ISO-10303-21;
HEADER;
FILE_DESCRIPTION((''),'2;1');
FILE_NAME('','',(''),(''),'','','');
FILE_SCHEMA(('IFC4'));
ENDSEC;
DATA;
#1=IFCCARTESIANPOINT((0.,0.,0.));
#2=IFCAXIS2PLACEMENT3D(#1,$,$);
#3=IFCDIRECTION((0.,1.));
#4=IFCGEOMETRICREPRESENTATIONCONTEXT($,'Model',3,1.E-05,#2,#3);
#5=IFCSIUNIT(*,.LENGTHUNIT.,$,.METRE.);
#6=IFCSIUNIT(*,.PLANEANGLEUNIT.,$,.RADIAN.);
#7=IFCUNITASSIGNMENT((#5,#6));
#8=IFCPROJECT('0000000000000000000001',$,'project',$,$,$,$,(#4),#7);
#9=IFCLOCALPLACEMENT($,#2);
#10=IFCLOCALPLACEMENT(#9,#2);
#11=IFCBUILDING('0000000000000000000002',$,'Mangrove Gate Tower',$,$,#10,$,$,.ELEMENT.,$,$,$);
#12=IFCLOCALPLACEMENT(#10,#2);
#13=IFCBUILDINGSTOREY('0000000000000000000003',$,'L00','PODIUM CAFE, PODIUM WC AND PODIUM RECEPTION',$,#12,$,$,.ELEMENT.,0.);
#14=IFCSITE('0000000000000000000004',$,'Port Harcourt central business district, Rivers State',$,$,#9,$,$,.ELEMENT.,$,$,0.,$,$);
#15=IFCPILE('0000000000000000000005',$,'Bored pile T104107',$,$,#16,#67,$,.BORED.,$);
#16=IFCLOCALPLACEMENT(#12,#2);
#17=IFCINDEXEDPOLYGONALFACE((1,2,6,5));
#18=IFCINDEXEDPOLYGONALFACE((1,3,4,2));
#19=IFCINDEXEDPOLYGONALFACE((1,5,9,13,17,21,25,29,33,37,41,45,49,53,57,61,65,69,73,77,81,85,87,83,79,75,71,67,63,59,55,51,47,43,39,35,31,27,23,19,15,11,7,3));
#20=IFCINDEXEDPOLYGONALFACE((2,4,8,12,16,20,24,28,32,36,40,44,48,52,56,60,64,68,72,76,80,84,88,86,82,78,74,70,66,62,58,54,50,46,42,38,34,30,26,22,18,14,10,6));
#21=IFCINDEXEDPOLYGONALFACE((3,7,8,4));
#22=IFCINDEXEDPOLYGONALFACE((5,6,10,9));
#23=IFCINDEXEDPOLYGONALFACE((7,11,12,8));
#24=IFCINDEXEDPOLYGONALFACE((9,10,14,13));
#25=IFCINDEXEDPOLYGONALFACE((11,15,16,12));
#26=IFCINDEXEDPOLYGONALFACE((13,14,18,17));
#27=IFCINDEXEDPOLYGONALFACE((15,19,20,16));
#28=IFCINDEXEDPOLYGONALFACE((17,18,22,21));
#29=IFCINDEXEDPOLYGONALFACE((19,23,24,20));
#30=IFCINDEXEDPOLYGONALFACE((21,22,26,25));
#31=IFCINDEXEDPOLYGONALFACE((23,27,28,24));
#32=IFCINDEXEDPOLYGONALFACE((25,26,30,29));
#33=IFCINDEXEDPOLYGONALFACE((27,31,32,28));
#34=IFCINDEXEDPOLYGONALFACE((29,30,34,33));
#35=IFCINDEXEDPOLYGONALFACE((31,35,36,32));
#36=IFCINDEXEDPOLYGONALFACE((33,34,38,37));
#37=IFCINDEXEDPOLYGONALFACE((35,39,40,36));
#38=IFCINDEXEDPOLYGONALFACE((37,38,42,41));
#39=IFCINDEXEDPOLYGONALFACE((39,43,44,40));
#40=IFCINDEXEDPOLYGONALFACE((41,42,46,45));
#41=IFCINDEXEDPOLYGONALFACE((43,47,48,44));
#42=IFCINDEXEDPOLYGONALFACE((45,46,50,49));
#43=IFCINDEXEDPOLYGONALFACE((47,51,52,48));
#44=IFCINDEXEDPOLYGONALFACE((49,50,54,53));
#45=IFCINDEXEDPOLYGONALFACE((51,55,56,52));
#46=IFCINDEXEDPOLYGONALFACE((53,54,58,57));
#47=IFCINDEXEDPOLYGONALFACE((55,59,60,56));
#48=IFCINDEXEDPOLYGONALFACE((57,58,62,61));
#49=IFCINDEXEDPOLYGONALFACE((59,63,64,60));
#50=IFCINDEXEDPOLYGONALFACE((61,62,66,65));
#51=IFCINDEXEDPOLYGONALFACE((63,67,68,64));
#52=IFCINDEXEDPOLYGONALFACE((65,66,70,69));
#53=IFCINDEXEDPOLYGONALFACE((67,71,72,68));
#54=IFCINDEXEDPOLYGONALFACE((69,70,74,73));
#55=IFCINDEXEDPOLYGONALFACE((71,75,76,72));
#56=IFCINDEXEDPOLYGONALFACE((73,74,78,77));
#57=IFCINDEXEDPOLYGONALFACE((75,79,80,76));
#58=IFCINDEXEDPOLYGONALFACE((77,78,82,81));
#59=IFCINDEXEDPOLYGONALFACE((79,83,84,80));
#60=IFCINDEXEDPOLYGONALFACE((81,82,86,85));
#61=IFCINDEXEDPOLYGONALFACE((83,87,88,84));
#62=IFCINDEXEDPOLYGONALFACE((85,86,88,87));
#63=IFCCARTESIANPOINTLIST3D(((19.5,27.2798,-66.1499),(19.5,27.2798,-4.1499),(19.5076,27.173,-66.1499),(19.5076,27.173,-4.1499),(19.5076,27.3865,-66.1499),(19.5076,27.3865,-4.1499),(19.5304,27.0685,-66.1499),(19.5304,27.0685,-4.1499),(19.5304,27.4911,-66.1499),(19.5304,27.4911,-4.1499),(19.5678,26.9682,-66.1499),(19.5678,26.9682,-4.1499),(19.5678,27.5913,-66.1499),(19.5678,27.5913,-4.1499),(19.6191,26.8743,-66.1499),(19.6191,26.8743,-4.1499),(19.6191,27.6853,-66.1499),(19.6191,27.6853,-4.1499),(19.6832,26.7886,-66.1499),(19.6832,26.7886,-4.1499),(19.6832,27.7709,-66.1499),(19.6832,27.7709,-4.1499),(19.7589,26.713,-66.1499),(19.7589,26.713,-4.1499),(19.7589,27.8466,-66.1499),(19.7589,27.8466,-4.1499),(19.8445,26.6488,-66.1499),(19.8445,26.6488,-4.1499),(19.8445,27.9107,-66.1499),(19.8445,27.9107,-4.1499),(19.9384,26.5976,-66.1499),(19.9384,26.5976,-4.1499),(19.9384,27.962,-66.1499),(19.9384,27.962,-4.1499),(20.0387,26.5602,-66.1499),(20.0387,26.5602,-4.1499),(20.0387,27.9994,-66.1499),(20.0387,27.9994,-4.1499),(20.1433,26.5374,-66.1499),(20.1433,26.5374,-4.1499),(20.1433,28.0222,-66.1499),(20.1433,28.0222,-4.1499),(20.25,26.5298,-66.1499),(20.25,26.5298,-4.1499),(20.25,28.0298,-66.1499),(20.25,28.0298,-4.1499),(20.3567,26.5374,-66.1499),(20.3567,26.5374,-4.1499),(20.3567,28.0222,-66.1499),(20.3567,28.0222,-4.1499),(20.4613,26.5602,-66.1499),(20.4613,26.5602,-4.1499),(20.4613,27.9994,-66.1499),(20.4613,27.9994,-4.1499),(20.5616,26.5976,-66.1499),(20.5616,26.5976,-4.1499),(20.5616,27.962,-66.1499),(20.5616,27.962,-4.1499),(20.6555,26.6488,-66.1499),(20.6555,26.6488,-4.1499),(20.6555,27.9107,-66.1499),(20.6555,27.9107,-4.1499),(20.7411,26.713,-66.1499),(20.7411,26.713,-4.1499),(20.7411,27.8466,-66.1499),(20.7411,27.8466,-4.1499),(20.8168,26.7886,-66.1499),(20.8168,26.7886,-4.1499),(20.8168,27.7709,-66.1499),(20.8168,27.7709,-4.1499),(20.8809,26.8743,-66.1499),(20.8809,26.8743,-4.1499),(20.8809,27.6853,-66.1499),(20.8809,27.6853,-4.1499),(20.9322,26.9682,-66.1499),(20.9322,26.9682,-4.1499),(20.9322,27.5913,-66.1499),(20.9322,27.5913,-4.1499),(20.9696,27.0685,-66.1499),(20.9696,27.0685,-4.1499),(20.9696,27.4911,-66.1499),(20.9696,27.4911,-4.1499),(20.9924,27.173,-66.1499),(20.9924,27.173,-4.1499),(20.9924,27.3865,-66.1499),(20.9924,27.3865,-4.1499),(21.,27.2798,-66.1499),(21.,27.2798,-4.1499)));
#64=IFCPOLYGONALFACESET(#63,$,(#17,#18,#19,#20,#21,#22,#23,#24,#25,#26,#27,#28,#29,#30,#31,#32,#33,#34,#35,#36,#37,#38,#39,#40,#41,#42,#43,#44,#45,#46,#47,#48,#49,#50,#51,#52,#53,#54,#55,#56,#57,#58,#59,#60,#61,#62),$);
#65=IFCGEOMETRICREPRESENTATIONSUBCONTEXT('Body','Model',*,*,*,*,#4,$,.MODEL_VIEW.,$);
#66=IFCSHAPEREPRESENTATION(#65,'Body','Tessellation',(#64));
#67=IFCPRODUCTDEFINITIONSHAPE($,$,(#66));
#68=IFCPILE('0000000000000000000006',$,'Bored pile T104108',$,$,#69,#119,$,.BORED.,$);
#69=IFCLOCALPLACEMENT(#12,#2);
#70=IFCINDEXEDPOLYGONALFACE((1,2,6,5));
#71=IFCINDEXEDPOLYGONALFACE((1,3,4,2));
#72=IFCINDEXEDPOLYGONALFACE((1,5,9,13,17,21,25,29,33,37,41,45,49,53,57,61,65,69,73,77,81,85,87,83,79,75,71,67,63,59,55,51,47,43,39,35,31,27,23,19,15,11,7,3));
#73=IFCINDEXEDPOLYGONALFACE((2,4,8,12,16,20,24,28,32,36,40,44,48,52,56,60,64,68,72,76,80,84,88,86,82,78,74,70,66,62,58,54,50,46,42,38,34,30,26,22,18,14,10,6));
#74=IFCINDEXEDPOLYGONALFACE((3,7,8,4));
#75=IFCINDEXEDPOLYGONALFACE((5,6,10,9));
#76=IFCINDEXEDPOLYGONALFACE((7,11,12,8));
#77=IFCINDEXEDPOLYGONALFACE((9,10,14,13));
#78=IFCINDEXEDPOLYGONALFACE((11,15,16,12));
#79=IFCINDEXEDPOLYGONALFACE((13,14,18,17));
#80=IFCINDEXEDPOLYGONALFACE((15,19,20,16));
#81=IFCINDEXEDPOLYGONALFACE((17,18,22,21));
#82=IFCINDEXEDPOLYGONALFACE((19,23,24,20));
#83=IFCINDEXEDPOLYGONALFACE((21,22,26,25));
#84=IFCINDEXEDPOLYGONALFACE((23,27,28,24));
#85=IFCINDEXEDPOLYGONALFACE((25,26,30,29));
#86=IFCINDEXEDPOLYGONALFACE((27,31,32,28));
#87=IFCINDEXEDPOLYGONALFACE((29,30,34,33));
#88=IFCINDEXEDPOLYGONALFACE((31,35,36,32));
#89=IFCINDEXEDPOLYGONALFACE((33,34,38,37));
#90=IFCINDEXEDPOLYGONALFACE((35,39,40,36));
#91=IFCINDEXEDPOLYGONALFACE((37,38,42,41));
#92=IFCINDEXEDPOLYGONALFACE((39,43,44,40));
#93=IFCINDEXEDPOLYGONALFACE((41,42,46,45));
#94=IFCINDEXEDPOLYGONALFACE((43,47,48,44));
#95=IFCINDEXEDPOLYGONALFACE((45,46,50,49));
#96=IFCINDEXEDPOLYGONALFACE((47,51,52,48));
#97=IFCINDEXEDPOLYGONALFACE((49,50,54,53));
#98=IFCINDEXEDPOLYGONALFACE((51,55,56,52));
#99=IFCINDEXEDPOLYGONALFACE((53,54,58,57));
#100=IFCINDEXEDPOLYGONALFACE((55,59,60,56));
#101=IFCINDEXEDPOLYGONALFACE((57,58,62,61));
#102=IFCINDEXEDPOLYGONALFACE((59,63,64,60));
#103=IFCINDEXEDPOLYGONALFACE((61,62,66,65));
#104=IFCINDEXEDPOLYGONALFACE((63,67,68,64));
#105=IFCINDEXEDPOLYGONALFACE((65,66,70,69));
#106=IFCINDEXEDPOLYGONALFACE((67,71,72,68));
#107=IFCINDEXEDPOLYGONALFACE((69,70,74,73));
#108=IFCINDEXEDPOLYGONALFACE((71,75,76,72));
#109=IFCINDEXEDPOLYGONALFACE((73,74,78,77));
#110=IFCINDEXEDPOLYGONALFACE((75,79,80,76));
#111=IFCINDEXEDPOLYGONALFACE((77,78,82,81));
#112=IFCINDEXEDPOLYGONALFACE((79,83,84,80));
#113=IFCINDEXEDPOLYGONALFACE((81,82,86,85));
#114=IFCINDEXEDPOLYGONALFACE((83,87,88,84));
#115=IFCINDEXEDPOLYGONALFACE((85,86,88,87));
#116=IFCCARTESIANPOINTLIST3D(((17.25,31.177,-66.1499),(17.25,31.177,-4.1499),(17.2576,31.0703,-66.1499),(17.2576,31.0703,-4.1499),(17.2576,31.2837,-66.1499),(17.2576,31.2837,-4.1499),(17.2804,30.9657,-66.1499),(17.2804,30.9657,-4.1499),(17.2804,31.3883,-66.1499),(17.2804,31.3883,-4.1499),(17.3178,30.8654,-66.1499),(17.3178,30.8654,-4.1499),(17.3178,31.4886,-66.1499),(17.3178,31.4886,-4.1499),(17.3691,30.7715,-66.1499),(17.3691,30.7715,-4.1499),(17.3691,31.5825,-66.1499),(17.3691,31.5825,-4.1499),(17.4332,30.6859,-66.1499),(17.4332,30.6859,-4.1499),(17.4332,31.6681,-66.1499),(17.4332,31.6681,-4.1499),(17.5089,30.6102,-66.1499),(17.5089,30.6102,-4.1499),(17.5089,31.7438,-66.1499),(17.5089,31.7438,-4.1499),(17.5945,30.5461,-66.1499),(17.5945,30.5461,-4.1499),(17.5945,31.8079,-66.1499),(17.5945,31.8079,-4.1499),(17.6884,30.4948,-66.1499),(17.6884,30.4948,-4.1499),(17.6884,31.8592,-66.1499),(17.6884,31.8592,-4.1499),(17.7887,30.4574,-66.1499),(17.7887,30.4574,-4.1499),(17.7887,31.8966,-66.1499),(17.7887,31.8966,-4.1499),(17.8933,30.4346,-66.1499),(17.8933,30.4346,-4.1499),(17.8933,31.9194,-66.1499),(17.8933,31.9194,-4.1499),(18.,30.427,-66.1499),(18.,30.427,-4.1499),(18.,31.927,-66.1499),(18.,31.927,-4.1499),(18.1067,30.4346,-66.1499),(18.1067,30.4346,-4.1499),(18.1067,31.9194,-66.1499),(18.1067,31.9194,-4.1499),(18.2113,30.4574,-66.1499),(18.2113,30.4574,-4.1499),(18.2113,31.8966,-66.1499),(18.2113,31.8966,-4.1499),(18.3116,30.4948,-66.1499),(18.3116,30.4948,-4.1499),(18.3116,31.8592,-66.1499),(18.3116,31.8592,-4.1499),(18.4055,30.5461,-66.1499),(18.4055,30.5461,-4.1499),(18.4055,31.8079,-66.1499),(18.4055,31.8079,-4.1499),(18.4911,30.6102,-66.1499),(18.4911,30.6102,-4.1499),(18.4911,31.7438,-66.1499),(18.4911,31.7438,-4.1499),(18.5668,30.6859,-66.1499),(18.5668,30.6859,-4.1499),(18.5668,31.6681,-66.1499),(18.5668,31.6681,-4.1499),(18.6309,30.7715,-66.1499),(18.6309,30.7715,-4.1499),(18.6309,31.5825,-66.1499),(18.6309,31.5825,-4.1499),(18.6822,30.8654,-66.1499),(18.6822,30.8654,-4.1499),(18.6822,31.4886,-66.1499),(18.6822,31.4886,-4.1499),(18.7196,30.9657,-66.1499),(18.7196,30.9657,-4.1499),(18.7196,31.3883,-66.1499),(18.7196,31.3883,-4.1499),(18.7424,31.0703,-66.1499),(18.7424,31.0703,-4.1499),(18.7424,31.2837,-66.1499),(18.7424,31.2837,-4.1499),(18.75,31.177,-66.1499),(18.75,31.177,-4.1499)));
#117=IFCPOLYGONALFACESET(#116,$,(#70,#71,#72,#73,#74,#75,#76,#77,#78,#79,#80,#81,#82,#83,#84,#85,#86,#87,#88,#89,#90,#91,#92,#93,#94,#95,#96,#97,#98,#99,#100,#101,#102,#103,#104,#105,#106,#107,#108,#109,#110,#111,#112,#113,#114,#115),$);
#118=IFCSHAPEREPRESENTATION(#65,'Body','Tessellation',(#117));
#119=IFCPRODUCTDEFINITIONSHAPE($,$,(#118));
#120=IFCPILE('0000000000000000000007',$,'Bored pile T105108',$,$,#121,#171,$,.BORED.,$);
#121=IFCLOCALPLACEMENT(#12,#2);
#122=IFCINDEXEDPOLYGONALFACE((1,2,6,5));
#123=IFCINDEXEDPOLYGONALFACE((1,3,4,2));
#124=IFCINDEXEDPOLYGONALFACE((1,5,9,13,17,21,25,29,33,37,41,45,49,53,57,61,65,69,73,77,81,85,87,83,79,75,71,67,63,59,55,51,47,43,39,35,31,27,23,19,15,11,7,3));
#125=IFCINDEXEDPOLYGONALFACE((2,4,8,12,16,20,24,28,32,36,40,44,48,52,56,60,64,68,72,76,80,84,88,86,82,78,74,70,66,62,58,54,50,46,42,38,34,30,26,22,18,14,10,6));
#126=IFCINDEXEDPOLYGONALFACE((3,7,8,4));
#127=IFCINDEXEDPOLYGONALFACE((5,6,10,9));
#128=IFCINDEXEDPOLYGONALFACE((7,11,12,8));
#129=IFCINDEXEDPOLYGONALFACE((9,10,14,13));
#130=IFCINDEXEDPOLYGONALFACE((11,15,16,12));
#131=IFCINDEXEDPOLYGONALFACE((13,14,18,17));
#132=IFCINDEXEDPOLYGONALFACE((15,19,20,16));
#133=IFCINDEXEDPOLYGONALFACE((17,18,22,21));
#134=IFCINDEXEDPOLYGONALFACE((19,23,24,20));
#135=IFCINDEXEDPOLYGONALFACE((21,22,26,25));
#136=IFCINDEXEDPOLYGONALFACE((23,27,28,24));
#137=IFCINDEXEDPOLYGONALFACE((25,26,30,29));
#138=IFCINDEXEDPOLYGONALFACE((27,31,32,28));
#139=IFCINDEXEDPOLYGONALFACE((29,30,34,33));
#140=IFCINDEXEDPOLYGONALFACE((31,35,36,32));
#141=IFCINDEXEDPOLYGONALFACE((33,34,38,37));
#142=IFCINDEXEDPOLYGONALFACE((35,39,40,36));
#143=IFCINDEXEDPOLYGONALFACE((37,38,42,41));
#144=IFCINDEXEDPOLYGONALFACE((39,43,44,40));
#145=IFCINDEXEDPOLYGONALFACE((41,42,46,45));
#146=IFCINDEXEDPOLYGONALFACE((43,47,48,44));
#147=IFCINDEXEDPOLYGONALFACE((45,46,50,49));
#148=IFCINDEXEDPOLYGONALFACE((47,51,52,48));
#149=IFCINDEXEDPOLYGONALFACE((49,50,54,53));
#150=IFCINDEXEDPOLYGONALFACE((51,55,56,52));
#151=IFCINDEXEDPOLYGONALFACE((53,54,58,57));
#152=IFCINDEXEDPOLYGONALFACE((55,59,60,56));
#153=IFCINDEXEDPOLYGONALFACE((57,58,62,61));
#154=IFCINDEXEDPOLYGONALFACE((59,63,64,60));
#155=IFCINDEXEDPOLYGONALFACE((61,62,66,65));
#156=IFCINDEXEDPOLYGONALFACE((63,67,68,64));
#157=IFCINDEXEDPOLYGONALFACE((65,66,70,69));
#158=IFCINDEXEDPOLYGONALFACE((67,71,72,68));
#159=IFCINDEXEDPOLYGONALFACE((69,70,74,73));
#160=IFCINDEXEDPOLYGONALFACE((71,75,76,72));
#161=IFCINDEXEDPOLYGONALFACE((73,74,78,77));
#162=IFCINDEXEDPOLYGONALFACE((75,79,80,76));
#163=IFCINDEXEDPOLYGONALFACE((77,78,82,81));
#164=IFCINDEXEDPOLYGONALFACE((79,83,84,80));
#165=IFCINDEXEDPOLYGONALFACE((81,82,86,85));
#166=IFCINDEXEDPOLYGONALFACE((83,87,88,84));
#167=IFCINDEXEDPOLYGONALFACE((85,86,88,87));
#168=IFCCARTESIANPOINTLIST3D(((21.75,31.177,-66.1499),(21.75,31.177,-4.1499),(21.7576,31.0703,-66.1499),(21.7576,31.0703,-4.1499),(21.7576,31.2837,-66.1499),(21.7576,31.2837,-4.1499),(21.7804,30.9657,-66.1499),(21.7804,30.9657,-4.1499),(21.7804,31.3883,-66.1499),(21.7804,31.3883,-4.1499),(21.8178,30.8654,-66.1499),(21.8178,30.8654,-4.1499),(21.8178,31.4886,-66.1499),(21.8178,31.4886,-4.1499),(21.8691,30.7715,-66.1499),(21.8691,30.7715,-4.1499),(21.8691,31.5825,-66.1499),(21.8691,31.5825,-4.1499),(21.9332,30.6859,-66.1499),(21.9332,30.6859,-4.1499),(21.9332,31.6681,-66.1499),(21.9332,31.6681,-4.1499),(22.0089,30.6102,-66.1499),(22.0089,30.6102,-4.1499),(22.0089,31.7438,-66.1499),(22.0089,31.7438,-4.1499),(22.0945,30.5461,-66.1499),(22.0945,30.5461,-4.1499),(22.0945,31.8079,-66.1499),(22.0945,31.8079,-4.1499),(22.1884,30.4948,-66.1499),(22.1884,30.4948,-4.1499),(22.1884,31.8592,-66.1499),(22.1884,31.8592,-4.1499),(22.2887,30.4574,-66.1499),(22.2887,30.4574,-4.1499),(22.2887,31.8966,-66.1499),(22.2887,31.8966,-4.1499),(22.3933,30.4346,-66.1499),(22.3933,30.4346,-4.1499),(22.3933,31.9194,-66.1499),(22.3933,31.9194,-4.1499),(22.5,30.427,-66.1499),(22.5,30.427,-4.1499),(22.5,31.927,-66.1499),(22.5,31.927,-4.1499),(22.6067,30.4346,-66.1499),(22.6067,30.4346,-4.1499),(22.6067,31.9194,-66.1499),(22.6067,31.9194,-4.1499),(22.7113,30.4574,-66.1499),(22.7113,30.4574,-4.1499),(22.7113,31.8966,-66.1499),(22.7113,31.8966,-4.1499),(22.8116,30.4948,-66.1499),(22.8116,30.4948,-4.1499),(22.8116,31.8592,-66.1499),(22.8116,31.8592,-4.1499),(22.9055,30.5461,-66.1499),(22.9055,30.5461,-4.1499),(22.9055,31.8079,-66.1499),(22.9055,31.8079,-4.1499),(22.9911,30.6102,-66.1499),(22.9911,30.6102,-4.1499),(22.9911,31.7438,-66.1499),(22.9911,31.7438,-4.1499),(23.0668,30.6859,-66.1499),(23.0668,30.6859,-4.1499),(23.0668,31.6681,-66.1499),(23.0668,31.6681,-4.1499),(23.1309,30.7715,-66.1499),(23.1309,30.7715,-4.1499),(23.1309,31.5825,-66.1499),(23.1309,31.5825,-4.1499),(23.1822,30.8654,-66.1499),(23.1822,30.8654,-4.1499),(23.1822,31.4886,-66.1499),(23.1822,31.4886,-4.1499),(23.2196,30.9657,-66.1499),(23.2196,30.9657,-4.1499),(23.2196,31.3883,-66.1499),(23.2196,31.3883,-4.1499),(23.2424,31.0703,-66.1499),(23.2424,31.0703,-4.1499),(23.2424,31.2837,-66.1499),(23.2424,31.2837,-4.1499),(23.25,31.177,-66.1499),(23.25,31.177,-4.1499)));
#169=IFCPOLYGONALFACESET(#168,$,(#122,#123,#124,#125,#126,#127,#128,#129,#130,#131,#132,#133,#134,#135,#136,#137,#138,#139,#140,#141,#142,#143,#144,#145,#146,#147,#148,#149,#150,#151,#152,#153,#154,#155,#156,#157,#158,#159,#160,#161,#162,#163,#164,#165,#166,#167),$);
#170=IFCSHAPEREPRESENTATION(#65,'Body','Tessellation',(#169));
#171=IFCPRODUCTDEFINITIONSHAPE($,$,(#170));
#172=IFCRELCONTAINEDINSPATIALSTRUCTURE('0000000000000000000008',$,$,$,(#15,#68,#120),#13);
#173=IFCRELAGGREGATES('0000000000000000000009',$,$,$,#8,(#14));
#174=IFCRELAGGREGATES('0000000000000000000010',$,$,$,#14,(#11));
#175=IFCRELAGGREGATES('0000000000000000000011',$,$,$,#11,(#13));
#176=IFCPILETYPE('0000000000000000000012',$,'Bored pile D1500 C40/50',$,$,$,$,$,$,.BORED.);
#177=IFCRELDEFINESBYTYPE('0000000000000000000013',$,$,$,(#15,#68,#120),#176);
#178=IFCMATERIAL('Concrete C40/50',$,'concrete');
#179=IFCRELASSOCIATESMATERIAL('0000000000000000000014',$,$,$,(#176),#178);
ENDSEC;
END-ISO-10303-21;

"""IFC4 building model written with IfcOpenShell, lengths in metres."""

from ifc_helpers import new_model, si_unit, direction, frame, origin, origin_2d, place, context, subcontext, project, spatial, circle, extrude, material, material_profile, profile_set, type_object, element, save


model = new_model("IFC4")

# Units and contexts
model_context = context("Model", 3, precision=1e-05, world=origin(), true_north=direction((0.0, 1.0)))
body_context = subcontext(model_context, "Body", "Model", "MODEL_VIEW")
ifc_project = project(units=[si_unit("LENGTHUNIT", "METRE"), si_unit("PLANEANGLEUNIT", "RADIAN")], contexts=[model_context])

# Site, building, storey
site_placement = place(None, origin())
site = spatial("IfcSite", under=ifc_project, at=site_placement, Name="Port Harcourt central business district, Rivers State", CompositionType="ELEMENT", RefElevation=0.0)
building_placement = place(site_placement, origin())
building = spatial("IfcBuilding", under=site, at=building_placement, Name="Mangrove Gate Tower", CompositionType="ELEMENT")
storey_placement = place(building_placement, origin())
storey = spatial("IfcBuildingStorey", under=building, at=storey_placement, Name="L00", Description="PODIUM CAFE, PODIUM WC AND PODIUM RECEPTION", CompositionType="ELEMENT", Elevation=0.0)

# Piles
ifc_material_1 = material(Name="Concrete C40/50", Category="concrete")
ifc_material_profile_1 = material_profile(ifc_material_1, circle(Radius=0.75, at=origin_2d()))
ifc_profile_set_1 = profile_set([ifc_material_profile_1], Name="Concrete C40/50")
pile_type = type_object("IfcPileType", Name="Bored pile D1500 C40/50", PredefinedType="BORED", material=ifc_profile_set_1)
for number, where, z_axis, x_axis, name in (
    (1, (20.25, 27.2798, -4.1499), (0.0, 0.0, -1.0), (1.0, 0.0, 0.0), "Bored pile T104107"),
    (2, (18.0, 31.177, -4.1499), (0.0, 0.0, -1.0), (1.0, 0.0, 0.0), "Bored pile T104108"),
    (3, (22.5, 31.177, -4.1499), (0.0, 0.0, -1.0), (1.0, 0.0, 0.0), "Bored pile T105108"),
):
    element("IfcPile", number, at=place(storey_placement, frame(where, z_axis=z_axis, x_axis=x_axis)), inside=storey, type_object=pile_type, Name=name, PredefinedType="BORED", context=body_context, shape_type="SweptSolid", body=[
        extrude(circle(Radius=0.75, at=origin_2d()), origin(), (0.0, 0.0, 1.0), 62.0),
    ])

save(model, "model.ifc")
